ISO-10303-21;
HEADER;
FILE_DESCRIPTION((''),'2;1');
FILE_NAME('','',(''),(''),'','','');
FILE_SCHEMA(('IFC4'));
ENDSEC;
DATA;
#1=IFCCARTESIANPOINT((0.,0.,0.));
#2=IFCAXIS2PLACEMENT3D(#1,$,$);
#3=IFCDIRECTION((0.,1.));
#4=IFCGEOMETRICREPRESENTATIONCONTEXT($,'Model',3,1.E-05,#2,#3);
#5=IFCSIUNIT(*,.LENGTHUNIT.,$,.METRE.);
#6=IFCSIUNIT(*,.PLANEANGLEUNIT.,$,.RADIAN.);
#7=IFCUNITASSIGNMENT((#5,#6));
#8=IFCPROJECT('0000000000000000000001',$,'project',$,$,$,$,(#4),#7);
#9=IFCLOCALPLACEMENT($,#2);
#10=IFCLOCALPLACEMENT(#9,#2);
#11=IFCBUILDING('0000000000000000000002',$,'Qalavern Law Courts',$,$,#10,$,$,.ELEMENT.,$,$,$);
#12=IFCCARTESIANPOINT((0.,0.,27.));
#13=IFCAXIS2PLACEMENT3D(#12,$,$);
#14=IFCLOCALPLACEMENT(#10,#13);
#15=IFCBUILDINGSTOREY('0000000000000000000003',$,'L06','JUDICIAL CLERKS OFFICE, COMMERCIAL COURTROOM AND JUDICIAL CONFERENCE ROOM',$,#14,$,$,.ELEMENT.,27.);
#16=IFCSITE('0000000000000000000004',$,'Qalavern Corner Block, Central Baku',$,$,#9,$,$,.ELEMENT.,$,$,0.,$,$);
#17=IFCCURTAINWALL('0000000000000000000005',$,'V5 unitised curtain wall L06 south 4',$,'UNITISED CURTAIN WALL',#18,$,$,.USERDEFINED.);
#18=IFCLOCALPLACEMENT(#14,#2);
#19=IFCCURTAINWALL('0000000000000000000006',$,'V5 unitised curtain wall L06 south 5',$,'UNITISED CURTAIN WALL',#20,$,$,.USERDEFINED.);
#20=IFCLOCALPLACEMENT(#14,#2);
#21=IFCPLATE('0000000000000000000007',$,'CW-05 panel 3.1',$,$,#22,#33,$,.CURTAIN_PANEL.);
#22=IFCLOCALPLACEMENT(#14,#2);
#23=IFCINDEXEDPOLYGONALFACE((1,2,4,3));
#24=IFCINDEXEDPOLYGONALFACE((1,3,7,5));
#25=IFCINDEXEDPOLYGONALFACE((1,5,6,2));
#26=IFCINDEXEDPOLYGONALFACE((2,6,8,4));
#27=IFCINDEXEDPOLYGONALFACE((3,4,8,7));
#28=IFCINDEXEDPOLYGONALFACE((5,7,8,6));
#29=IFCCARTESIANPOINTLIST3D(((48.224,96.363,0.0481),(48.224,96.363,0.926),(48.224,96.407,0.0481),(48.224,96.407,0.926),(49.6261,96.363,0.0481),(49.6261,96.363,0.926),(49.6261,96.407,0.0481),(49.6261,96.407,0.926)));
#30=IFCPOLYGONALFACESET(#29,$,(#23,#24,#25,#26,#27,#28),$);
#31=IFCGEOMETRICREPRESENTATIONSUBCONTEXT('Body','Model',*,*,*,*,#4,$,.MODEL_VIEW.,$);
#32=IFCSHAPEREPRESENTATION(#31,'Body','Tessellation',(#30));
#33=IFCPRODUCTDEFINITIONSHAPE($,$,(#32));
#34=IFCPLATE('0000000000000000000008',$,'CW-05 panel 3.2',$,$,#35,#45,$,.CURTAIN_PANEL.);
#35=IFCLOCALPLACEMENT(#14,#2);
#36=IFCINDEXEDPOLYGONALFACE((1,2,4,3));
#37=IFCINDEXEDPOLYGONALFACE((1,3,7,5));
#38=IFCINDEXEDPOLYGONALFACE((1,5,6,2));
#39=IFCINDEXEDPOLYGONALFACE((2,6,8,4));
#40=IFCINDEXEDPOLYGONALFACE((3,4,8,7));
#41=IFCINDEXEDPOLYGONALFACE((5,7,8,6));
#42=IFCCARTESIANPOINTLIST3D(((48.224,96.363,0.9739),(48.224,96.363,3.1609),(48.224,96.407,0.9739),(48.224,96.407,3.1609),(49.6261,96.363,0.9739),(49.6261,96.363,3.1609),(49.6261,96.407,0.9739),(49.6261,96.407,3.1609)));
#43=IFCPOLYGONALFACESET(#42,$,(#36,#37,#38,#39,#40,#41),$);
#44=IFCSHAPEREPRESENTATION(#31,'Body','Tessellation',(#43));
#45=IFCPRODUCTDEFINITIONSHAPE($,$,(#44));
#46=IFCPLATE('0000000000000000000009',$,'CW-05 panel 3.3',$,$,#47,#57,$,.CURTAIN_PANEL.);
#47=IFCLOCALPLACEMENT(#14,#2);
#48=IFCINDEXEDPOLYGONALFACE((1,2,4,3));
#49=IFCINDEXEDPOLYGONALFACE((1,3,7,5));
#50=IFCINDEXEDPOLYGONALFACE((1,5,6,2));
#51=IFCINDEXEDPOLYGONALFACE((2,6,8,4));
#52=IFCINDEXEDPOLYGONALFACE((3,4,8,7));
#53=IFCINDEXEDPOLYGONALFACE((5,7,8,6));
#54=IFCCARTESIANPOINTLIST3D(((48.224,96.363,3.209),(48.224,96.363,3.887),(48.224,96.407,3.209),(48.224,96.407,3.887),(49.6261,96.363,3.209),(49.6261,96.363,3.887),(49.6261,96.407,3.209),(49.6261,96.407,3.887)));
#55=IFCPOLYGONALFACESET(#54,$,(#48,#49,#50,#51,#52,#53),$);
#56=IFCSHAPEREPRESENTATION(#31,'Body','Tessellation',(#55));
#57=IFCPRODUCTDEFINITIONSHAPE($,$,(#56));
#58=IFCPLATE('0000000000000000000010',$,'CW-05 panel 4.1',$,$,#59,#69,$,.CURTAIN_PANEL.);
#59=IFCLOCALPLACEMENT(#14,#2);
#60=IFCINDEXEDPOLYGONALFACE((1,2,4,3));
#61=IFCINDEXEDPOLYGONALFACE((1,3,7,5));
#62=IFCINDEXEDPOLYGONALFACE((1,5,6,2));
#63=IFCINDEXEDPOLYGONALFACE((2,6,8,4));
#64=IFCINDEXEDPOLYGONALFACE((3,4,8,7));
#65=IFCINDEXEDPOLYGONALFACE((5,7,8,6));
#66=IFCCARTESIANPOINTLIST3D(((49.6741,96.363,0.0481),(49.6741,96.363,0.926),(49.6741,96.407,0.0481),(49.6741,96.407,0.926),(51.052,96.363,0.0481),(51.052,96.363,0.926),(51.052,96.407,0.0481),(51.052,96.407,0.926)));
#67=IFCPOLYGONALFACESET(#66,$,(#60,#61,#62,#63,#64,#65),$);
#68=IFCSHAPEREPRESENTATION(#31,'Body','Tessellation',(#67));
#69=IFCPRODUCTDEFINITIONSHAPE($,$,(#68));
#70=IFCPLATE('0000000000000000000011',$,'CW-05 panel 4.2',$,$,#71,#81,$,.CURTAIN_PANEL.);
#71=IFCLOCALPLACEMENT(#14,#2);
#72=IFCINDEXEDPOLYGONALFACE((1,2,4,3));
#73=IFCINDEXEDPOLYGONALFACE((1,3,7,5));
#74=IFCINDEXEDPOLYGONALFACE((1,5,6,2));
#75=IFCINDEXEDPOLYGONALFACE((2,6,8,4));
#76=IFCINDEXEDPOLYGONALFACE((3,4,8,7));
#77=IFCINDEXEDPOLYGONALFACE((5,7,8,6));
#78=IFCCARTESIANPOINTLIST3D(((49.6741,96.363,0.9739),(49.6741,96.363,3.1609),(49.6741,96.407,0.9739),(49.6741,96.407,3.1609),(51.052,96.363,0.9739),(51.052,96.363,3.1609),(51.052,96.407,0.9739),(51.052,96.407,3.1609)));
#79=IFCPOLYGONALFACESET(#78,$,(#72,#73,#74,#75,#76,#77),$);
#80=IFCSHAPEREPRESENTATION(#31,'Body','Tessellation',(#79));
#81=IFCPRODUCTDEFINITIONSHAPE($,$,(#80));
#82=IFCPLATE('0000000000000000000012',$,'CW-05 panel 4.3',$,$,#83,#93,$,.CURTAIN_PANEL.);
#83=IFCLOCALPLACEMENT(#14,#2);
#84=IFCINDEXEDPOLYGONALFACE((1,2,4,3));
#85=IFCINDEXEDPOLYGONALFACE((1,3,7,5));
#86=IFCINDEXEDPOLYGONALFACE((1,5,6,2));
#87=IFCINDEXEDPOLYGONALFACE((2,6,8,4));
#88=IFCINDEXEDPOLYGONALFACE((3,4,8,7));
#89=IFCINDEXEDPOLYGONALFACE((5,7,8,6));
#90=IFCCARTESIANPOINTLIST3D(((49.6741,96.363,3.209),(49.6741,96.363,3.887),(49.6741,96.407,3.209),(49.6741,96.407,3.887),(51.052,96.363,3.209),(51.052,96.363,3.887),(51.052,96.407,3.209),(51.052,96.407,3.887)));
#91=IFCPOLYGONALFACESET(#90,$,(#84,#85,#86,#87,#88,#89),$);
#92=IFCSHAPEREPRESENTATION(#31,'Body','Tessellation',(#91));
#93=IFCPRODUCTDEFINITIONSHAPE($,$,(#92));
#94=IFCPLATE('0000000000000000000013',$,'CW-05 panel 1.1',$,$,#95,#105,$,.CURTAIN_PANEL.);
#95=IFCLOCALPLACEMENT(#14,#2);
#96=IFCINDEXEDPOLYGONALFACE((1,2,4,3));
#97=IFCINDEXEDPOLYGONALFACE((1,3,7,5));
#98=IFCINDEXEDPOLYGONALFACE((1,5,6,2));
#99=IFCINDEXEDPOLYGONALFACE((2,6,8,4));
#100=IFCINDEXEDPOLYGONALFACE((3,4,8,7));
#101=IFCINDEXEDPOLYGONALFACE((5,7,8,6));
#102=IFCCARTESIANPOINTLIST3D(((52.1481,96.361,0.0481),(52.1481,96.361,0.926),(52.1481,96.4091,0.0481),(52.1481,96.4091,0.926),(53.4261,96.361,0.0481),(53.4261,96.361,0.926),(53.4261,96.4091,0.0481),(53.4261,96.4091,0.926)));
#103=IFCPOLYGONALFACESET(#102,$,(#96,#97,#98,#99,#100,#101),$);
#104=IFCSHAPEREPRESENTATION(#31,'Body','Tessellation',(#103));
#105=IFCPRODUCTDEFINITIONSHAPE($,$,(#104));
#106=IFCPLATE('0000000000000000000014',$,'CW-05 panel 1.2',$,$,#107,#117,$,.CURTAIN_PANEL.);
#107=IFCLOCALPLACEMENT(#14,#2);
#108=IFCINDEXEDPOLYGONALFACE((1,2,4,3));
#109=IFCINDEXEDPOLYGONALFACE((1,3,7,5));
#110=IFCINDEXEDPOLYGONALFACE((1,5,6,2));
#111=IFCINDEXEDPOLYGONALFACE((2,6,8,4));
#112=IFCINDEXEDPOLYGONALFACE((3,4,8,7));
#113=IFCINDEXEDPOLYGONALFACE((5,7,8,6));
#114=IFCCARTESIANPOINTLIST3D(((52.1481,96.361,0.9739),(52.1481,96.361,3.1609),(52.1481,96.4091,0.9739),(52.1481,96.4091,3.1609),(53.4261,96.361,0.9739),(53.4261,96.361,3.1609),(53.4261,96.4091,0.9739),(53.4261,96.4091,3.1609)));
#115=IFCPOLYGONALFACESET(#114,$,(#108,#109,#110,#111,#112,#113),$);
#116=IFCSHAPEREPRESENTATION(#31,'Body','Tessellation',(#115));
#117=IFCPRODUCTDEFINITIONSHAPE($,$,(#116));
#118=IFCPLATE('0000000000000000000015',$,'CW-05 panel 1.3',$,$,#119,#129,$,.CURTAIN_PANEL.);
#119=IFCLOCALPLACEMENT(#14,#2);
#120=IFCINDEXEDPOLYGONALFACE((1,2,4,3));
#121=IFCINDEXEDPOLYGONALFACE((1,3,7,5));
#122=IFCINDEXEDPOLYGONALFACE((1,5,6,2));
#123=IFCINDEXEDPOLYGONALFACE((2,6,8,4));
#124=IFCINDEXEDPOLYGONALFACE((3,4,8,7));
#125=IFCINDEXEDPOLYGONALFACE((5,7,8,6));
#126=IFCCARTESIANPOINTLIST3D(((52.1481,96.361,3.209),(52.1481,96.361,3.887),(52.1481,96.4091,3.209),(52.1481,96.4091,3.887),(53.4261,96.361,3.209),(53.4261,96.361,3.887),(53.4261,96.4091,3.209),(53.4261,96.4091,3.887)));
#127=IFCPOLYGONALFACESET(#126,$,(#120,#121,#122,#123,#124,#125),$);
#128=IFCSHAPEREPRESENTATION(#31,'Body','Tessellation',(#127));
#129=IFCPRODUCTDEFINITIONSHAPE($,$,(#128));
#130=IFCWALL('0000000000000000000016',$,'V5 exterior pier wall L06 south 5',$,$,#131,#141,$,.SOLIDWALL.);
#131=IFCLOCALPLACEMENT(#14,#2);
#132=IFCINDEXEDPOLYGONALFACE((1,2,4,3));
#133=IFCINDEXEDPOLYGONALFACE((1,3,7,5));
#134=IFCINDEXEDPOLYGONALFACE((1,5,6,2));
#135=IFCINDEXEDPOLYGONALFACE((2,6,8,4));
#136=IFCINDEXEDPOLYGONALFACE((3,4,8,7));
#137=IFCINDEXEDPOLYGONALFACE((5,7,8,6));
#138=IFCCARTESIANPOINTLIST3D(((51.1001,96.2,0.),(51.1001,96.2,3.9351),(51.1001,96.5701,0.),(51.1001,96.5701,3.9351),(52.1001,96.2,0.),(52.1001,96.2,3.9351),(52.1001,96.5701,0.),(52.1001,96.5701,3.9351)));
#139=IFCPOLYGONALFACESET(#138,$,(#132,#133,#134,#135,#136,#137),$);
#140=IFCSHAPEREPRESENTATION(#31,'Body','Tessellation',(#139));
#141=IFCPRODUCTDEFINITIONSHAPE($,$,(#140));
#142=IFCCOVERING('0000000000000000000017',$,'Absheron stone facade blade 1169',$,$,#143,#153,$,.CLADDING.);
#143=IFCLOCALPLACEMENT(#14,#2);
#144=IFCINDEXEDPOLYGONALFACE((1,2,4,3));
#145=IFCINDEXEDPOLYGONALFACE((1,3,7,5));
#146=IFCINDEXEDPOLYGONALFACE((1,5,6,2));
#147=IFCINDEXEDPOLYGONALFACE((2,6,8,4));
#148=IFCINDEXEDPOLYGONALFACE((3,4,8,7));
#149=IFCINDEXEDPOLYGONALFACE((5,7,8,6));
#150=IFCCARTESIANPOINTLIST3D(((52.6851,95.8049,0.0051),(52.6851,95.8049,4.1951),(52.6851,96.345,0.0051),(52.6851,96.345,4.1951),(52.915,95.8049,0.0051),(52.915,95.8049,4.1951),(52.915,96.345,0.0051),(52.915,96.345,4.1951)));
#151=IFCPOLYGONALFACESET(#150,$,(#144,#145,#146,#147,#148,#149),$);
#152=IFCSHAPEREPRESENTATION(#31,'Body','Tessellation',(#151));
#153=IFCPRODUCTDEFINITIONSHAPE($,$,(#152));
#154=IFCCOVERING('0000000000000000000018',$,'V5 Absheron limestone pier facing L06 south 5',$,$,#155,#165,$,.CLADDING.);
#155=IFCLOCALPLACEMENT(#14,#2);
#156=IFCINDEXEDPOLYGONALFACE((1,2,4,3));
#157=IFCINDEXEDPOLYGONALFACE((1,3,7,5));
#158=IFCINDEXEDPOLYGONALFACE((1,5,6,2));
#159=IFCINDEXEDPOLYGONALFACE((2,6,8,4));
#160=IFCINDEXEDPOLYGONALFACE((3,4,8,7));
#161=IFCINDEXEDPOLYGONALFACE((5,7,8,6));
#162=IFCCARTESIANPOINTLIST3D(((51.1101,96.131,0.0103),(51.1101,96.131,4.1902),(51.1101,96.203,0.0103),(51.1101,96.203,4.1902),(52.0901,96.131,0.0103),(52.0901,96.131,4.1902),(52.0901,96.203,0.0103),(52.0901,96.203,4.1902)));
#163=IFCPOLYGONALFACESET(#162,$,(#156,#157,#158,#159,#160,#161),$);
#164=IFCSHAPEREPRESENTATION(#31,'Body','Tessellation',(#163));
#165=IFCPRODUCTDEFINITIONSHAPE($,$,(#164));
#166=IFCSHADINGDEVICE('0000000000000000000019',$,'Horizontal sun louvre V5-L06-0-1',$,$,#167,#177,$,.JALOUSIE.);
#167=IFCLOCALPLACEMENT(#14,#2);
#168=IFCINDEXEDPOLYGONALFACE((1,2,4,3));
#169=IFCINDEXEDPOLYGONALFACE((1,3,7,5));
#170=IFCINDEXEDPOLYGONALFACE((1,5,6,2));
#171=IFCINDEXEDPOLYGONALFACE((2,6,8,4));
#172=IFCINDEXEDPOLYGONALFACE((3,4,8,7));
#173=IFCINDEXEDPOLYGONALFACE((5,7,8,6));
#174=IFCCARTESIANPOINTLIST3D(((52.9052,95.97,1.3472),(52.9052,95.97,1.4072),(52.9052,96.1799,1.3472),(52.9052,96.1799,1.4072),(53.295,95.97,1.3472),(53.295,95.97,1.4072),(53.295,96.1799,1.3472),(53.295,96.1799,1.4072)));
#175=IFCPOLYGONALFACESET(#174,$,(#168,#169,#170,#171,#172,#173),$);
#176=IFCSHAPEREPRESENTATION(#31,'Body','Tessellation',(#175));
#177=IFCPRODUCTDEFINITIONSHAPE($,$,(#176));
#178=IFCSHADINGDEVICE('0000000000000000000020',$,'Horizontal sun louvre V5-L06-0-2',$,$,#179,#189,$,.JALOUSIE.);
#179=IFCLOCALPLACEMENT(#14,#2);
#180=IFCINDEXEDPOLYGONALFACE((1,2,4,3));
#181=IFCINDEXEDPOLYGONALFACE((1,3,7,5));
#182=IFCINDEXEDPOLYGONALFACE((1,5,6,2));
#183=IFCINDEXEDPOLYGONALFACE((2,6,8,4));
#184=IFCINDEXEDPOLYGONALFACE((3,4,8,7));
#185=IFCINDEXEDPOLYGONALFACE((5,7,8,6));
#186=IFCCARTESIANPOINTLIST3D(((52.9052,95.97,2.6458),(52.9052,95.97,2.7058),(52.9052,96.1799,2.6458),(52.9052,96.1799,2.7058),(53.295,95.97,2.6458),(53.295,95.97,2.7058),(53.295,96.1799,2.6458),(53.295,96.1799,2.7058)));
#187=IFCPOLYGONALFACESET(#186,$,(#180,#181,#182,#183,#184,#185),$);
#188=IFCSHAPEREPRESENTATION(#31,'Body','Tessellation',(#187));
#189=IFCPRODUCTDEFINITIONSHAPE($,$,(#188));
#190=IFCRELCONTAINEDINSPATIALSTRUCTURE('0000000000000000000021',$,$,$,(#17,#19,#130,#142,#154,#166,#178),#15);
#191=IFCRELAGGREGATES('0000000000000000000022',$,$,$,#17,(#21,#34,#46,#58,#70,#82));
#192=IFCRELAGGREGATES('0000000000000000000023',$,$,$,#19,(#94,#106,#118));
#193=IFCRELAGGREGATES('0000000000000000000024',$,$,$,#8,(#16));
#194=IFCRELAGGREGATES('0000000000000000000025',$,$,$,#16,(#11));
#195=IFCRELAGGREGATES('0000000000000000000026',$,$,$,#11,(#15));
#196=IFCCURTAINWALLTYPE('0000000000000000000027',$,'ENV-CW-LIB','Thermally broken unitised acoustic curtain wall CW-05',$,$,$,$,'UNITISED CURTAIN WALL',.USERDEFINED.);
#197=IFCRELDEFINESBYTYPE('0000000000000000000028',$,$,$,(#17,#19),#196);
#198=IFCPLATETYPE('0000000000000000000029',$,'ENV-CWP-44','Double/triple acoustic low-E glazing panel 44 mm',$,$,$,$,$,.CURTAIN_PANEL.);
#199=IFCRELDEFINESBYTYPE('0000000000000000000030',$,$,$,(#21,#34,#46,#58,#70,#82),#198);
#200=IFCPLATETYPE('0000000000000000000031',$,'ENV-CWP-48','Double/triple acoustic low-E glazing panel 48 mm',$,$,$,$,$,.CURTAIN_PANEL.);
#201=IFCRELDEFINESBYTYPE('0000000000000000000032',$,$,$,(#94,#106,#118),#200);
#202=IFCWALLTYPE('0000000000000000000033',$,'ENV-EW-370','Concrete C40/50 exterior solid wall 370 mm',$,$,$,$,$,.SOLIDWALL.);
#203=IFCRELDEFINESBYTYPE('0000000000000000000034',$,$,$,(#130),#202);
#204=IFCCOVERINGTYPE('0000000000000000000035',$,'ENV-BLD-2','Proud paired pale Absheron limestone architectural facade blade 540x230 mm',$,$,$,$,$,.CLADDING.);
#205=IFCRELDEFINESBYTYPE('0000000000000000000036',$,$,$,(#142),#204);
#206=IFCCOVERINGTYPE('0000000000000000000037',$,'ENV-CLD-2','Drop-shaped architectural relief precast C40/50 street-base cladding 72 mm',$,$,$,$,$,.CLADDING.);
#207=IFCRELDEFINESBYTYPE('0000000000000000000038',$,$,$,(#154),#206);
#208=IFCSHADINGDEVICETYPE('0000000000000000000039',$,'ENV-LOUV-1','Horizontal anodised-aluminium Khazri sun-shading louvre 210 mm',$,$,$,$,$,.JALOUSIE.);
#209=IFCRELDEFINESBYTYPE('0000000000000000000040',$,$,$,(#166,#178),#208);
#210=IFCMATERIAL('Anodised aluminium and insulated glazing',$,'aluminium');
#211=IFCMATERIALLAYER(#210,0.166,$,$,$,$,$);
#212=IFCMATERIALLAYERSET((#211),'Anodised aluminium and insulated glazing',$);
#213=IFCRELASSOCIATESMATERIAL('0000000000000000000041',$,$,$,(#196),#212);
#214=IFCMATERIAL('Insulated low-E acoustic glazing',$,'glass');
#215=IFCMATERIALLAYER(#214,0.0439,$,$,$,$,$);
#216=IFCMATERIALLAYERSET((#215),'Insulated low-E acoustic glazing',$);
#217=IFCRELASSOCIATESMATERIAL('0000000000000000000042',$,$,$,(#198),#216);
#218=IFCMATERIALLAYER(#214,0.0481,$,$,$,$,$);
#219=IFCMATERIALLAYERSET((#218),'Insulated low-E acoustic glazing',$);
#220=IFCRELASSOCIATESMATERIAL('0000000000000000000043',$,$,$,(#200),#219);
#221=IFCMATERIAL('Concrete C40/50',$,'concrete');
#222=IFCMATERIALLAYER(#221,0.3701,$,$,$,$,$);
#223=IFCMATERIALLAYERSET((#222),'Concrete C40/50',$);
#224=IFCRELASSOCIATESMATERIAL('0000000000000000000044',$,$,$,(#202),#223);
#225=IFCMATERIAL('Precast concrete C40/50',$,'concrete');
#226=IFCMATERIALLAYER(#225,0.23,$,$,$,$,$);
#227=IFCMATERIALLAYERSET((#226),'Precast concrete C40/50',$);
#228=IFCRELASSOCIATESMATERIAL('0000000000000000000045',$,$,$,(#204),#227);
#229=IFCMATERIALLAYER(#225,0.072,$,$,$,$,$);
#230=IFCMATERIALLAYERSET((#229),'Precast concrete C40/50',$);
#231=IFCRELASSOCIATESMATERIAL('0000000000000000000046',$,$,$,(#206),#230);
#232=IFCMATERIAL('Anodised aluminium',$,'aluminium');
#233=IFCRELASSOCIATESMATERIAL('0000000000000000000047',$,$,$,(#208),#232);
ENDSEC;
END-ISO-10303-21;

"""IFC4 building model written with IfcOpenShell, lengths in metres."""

from ifc_helpers import new_model, si_unit, direction, frame, frame_2d, origin, origin_2d, place, context, subcontext, project, spatial, rectangle, extrude, material, layer, layer_set, type_object, element, aggregate, save


model = new_model("IFC4")

# Units and contexts
model_context = context("Model", 3, precision=1e-05, world=origin(), true_north=direction((0.0, 1.0)))
body_context = subcontext(model_context, "Body", "Model", "MODEL_VIEW")
ifc_project = project(units=[si_unit("LENGTHUNIT", "METRE"), si_unit("PLANEANGLEUNIT", "RADIAN")], contexts=[model_context])

# Site, building, storey
site_placement = place(None, origin())
site = spatial("IfcSite", under=ifc_project, at=site_placement, Name="Qalavern Corner Block, Central Baku", CompositionType="ELEMENT", RefElevation=0.0)
building_placement = place(site_placement, origin())
building = spatial("IfcBuilding", under=site, at=building_placement, Name="Qalavern Law Courts", CompositionType="ELEMENT")
storey_placement = place(building_placement, frame((0.0, 0.0, 27.0)))
storey = spatial("IfcBuildingStorey", under=building, at=storey_placement, Name="L06", Description="JUDICIAL CLERKS OFFICE, COMMERCIAL COURTROOM AND JUDICIAL CONFERENCE ROOM", CompositionType="ELEMENT", Elevation=27.0)

# Curtain wall
ifc_material_1 = material(Name="Anodised aluminium and insulated glazing", Category="aluminium")
ifc_layer_1 = layer(ifc_material_1, 0.166)
ifc_layer_set_1 = layer_set([ifc_layer_1], Name="Anodised aluminium and insulated glazing")
curtain_wall_type = type_object("IfcCurtainWallType", Name="ENV-CW-LIB", Description="Thermally broken unitised acoustic curtain wall CW-05", ElementType="UNITISED CURTAIN WALL", PredefinedType="USERDEFINED", material=ifc_layer_set_1)
curtain_wall_1_placement = place(storey_placement, origin())
curtain_wall_1 = element("IfcCurtainWall", 1, at=curtain_wall_1_placement, inside=storey, type_object=curtain_wall_type, Name="V5 unitised curtain wall L06 south 4", ObjectType="UNITISED CURTAIN WALL", PredefinedType="USERDEFINED")
ifc_material_2 = material(Name="Anodised aluminium", Category="aluminium")

# Curtain wall
curtain_wall_2_placement = place(storey_placement, origin())
curtain_wall_2 = element("IfcCurtainWall", 2, at=curtain_wall_2_placement, inside=storey, type_object=curtain_wall_type, Name="V5 unitised curtain wall L06 south 5", ObjectType="UNITISED CURTAIN WALL", PredefinedType="USERDEFINED")

# Shared definitions
ifc_material_3 = material(Name="Concrete C40/50", Category="concrete")

# Plates
ifc_material_4 = material(Name="Insulated low-E acoustic glazing", Category="glass")
ifc_layer_2 = layer(ifc_material_4, 0.0439)
ifc_layer_set_2 = layer_set([ifc_layer_2], Name="Insulated low-E acoustic glazing")
plate_type_1 = type_object("IfcPlateType", Name="ENV-CWP-44", Description="Double/triple acoustic low-E glazing panel 44 mm", PredefinedType="CURTAIN_PANEL", material=ifc_layer_set_2)
plate_1_placement = place(storey_placement, frame((48.925, 96.385, 0.0481), z_axis=(0.0, 0.0, 1.0), x_axis=(1.0, 0.0, 0.0)))
plate_1 = element("IfcPlate", 3, at=plate_1_placement, type_object=plate_type_1, Name="CW-05 panel 3.1", PredefinedType="CURTAIN_PANEL", context=body_context, shape_type="SweptSolid", body=[
    extrude(rectangle(XDim=1.4021, YDim=0.0439, at=origin_2d()), origin(), (0.0, 0.0, 1.0), 0.8779),
])
plate_2_placement = place(storey_placement, frame((48.925, 96.385, 0.9739), z_axis=(0.0, 0.0, 1.0), x_axis=(1.0, 0.0, 0.0)))
plate_2 = element("IfcPlate", 4, at=plate_2_placement, type_object=plate_type_1, Name="CW-05 panel 3.2", PredefinedType="CURTAIN_PANEL", context=body_context, shape_type="SweptSolid", body=[
    extrude(rectangle(XDim=1.4021, YDim=0.0439, at=origin_2d()), origin(), (0.0, 0.0, 1.0), 2.187),
])
plate_3_placement = place(storey_placement, frame((48.925, 96.385, 3.209), z_axis=(0.0, 0.0, 1.0), x_axis=(1.0, 0.0, 0.0)))
plate_3 = element("IfcPlate", 5, at=plate_3_placement, type_object=plate_type_1, Name="CW-05 panel 3.3", PredefinedType="CURTAIN_PANEL", context=body_context, shape_type="SweptSolid", body=[
    extrude(rectangle(XDim=1.4021, YDim=0.0439, at=origin_2d()), origin(), (0.0, 0.0, 1.0), 0.678),
])
plate_4_placement = place(storey_placement, frame((50.363, 96.385, 0.0481), z_axis=(0.0, 0.0, 1.0), x_axis=(1.0, 0.0, 0.0)))
plate_4 = element("IfcPlate", 6, at=plate_4_placement, type_object=plate_type_1, Name="CW-05 panel 4.1", PredefinedType="CURTAIN_PANEL", context=body_context, shape_type="SweptSolid", body=[
    extrude(rectangle(XDim=1.3779, YDim=0.0439, at=origin_2d()), origin(), (0.0, 0.0, 1.0), 0.8779),
])
plate_5_placement = place(storey_placement, frame((50.363, 96.385, 0.9739), z_axis=(0.0, 0.0, 1.0), x_axis=(1.0, 0.0, 0.0)))
plate_5 = element("IfcPlate", 7, at=plate_5_placement, type_object=plate_type_1, Name="CW-05 panel 4.2", PredefinedType="CURTAIN_PANEL", context=body_context, shape_type="SweptSolid", body=[
    extrude(rectangle(XDim=1.3779, YDim=0.0439, at=origin_2d()), origin(), (0.0, 0.0, 1.0), 2.187),
])
plate_6_placement = place(storey_placement, frame((50.363, 96.385, 3.209), z_axis=(0.0, 0.0, 1.0), x_axis=(1.0, 0.0, 0.0)))
plate_6 = element("IfcPlate", 8, at=plate_6_placement, type_object=plate_type_1, Name="CW-05 panel 4.3", PredefinedType="CURTAIN_PANEL", context=body_context, shape_type="SweptSolid", body=[
    extrude(rectangle(XDim=1.3779, YDim=0.0439, at=origin_2d()), origin(), (0.0, 0.0, 1.0), 0.678),
])
aggregate(curtain_wall_1, [plate_1, plate_2, plate_3, plate_4, plate_5, plate_6])
ifc_layer_3 = layer(ifc_material_4, 0.0481)
ifc_layer_set_3 = layer_set([ifc_layer_3], Name="Insulated low-E acoustic glazing")
plate_type_2 = type_object("IfcPlateType", Name="ENV-CWP-48", Description="Double/triple acoustic low-E glazing panel 48 mm", PredefinedType="CURTAIN_PANEL", material=ifc_layer_set_3)
plate_7_placement = place(storey_placement, frame((52.7871, 96.385, 0.0481), z_axis=(0.0, 0.0, 1.0), x_axis=(1.0, 0.0, 0.0)))
plate_7 = element("IfcPlate", 9, at=plate_7_placement, type_object=plate_type_2, Name="CW-05 panel 1.1", PredefinedType="CURTAIN_PANEL", context=body_context, shape_type="SweptSolid", body=[
    extrude(rectangle(XDim=1.2781, YDim=0.0481, at=origin_2d()), origin(), (0.0, 0.0, 1.0), 0.8779),
])
plate_8_placement = place(storey_placement, frame((52.7871, 96.385, 0.9739), z_axis=(0.0, 0.0, 1.0), x_axis=(1.0, 0.0, 0.0)))
plate_8 = element("IfcPlate", 10, at=plate_8_placement, type_object=plate_type_2, Name="CW-05 panel 1.2", PredefinedType="CURTAIN_PANEL", context=body_context, shape_type="SweptSolid", body=[
    extrude(rectangle(XDim=1.2781, YDim=0.0481, at=origin_2d()), origin(), (0.0, 0.0, 1.0), 2.187),
])
plate_9_placement = place(storey_placement, frame((52.7871, 96.385, 3.209), z_axis=(0.0, 0.0, 1.0), x_axis=(1.0, 0.0, 0.0)))
plate_9 = element("IfcPlate", 11, at=plate_9_placement, type_object=plate_type_2, Name="CW-05 panel 1.3", PredefinedType="CURTAIN_PANEL", context=body_context, shape_type="SweptSolid", body=[
    extrude(rectangle(XDim=1.2781, YDim=0.0481, at=origin_2d()), origin(), (0.0, 0.0, 1.0), 0.678),
])
aggregate(curtain_wall_2, [plate_7, plate_8, plate_9])

# Wall
ifc_layer_4 = layer(ifc_material_3, 0.3701)
ifc_layer_set_4 = layer_set([ifc_layer_4], Name="Concrete C40/50")
wall_type = type_object("IfcWallType", Name="ENV-EW-370", Description="Concrete C40/50 exterior solid wall 370 mm", PredefinedType="SOLIDWALL", material=ifc_layer_set_4)
wall_placement = place(storey_placement, frame((51.1001, 96.385, 0.0), z_axis=(0.0, 0.0, 1.0), x_axis=(1.0, 0.0, 0.0)))
element("IfcWall", 12, at=wall_placement, inside=storey, type_object=wall_type, Name="V5 exterior pier wall L06 south 5", PredefinedType="SOLIDWALL", context=body_context, shape_type="SweptSolid", body=[
    extrude(rectangle(XDim=1.0, YDim=0.3701, at=frame_2d((0.5, 0.0))), origin(), (0.0, 0.0, 1.0), 3.9351),
])

# Coverings
ifc_material_5 = material(Name="Precast concrete C40/50", Category="concrete")
ifc_layer_5 = layer(ifc_material_5, 0.23)
ifc_layer_set_5 = layer_set([ifc_layer_5], Name="Precast concrete C40/50")
covering_type_1 = type_object("IfcCoveringType", Name="ENV-BLD-2", Description="Proud paired pale Absheron limestone architectural facade blade 540x230 mm", PredefinedType="CLADDING", material=ifc_layer_set_5)
covering_1_placement = place(storey_placement, frame((52.8, 96.075, 0.0051), z_axis=(0.0, 0.0, 1.0), x_axis=(0.0, -1.0, 0.0)))
element("IfcCovering", 13, at=covering_1_placement, inside=storey, type_object=covering_type_1, Name="Absheron stone facade blade 1169", PredefinedType="CLADDING", context=body_context, shape_type="SweptSolid", body=[
    extrude(rectangle(XDim=0.54, YDim=0.23, at=origin_2d()), origin(), (0.0, 0.0, 1.0), 4.1899),
])
ifc_layer_6 = layer(ifc_material_5, 0.072)
ifc_layer_set_6 = layer_set([ifc_layer_6], Name="Precast concrete C40/50")
covering_type_2 = type_object("IfcCoveringType", Name="ENV-CLD-2", Description="Drop-shaped architectural relief precast C40/50 street-base cladding 72 mm", PredefinedType="CLADDING", material=ifc_layer_set_6)
covering_2_placement = place(storey_placement, frame((51.6001, 96.167, 0.0103), z_axis=(0.0, 0.0, 1.0), x_axis=(1.0, 0.0, 0.0)))
element("IfcCovering", 14, at=covering_2_placement, inside=storey, type_object=covering_type_2, Name="V5 Absheron limestone pier facing L06 south 5", PredefinedType="CLADDING", context=body_context, shape_type="SweptSolid", body=[
    extrude(rectangle(XDim=0.98, YDim=0.072, at=origin_2d()), origin(), (0.0, 0.0, 1.0), 4.1799),
])

# Shading devices
shading_device_type = type_object("IfcShadingDeviceType", Name="ENV-LOUV-1", Description="Horizontal anodised-aluminium Khazri sun-shading louvre 210 mm", PredefinedType="JALOUSIE", material=ifc_material_2)
for number, where, z_axis, x_axis, name in (
    (15, (53.1001, 96.075, 1.3472), (0.0, 0.0, 1.0), (1.0, 0.0, 0.0), "Horizontal sun louvre V5-L06-0-1"),
    (16, (53.1001, 96.075, 2.6458), (0.0, 0.0, 1.0), (1.0, 0.0, 0.0), "Horizontal sun louvre V5-L06-0-2"),
):
    element("IfcShadingDevice", number, at=place(storey_placement, frame(where, z_axis=z_axis, x_axis=x_axis)), inside=storey, type_object=shading_device_type, Name=name, PredefinedType="JALOUSIE", context=body_context, shape_type="SweptSolid", body=[
        extrude(rectangle(XDim=0.3899, YDim=0.21, at=origin_2d()), origin(), (0.0, 0.0, 1.0), 0.0601),
    ])

save(model, "model.ifc")
